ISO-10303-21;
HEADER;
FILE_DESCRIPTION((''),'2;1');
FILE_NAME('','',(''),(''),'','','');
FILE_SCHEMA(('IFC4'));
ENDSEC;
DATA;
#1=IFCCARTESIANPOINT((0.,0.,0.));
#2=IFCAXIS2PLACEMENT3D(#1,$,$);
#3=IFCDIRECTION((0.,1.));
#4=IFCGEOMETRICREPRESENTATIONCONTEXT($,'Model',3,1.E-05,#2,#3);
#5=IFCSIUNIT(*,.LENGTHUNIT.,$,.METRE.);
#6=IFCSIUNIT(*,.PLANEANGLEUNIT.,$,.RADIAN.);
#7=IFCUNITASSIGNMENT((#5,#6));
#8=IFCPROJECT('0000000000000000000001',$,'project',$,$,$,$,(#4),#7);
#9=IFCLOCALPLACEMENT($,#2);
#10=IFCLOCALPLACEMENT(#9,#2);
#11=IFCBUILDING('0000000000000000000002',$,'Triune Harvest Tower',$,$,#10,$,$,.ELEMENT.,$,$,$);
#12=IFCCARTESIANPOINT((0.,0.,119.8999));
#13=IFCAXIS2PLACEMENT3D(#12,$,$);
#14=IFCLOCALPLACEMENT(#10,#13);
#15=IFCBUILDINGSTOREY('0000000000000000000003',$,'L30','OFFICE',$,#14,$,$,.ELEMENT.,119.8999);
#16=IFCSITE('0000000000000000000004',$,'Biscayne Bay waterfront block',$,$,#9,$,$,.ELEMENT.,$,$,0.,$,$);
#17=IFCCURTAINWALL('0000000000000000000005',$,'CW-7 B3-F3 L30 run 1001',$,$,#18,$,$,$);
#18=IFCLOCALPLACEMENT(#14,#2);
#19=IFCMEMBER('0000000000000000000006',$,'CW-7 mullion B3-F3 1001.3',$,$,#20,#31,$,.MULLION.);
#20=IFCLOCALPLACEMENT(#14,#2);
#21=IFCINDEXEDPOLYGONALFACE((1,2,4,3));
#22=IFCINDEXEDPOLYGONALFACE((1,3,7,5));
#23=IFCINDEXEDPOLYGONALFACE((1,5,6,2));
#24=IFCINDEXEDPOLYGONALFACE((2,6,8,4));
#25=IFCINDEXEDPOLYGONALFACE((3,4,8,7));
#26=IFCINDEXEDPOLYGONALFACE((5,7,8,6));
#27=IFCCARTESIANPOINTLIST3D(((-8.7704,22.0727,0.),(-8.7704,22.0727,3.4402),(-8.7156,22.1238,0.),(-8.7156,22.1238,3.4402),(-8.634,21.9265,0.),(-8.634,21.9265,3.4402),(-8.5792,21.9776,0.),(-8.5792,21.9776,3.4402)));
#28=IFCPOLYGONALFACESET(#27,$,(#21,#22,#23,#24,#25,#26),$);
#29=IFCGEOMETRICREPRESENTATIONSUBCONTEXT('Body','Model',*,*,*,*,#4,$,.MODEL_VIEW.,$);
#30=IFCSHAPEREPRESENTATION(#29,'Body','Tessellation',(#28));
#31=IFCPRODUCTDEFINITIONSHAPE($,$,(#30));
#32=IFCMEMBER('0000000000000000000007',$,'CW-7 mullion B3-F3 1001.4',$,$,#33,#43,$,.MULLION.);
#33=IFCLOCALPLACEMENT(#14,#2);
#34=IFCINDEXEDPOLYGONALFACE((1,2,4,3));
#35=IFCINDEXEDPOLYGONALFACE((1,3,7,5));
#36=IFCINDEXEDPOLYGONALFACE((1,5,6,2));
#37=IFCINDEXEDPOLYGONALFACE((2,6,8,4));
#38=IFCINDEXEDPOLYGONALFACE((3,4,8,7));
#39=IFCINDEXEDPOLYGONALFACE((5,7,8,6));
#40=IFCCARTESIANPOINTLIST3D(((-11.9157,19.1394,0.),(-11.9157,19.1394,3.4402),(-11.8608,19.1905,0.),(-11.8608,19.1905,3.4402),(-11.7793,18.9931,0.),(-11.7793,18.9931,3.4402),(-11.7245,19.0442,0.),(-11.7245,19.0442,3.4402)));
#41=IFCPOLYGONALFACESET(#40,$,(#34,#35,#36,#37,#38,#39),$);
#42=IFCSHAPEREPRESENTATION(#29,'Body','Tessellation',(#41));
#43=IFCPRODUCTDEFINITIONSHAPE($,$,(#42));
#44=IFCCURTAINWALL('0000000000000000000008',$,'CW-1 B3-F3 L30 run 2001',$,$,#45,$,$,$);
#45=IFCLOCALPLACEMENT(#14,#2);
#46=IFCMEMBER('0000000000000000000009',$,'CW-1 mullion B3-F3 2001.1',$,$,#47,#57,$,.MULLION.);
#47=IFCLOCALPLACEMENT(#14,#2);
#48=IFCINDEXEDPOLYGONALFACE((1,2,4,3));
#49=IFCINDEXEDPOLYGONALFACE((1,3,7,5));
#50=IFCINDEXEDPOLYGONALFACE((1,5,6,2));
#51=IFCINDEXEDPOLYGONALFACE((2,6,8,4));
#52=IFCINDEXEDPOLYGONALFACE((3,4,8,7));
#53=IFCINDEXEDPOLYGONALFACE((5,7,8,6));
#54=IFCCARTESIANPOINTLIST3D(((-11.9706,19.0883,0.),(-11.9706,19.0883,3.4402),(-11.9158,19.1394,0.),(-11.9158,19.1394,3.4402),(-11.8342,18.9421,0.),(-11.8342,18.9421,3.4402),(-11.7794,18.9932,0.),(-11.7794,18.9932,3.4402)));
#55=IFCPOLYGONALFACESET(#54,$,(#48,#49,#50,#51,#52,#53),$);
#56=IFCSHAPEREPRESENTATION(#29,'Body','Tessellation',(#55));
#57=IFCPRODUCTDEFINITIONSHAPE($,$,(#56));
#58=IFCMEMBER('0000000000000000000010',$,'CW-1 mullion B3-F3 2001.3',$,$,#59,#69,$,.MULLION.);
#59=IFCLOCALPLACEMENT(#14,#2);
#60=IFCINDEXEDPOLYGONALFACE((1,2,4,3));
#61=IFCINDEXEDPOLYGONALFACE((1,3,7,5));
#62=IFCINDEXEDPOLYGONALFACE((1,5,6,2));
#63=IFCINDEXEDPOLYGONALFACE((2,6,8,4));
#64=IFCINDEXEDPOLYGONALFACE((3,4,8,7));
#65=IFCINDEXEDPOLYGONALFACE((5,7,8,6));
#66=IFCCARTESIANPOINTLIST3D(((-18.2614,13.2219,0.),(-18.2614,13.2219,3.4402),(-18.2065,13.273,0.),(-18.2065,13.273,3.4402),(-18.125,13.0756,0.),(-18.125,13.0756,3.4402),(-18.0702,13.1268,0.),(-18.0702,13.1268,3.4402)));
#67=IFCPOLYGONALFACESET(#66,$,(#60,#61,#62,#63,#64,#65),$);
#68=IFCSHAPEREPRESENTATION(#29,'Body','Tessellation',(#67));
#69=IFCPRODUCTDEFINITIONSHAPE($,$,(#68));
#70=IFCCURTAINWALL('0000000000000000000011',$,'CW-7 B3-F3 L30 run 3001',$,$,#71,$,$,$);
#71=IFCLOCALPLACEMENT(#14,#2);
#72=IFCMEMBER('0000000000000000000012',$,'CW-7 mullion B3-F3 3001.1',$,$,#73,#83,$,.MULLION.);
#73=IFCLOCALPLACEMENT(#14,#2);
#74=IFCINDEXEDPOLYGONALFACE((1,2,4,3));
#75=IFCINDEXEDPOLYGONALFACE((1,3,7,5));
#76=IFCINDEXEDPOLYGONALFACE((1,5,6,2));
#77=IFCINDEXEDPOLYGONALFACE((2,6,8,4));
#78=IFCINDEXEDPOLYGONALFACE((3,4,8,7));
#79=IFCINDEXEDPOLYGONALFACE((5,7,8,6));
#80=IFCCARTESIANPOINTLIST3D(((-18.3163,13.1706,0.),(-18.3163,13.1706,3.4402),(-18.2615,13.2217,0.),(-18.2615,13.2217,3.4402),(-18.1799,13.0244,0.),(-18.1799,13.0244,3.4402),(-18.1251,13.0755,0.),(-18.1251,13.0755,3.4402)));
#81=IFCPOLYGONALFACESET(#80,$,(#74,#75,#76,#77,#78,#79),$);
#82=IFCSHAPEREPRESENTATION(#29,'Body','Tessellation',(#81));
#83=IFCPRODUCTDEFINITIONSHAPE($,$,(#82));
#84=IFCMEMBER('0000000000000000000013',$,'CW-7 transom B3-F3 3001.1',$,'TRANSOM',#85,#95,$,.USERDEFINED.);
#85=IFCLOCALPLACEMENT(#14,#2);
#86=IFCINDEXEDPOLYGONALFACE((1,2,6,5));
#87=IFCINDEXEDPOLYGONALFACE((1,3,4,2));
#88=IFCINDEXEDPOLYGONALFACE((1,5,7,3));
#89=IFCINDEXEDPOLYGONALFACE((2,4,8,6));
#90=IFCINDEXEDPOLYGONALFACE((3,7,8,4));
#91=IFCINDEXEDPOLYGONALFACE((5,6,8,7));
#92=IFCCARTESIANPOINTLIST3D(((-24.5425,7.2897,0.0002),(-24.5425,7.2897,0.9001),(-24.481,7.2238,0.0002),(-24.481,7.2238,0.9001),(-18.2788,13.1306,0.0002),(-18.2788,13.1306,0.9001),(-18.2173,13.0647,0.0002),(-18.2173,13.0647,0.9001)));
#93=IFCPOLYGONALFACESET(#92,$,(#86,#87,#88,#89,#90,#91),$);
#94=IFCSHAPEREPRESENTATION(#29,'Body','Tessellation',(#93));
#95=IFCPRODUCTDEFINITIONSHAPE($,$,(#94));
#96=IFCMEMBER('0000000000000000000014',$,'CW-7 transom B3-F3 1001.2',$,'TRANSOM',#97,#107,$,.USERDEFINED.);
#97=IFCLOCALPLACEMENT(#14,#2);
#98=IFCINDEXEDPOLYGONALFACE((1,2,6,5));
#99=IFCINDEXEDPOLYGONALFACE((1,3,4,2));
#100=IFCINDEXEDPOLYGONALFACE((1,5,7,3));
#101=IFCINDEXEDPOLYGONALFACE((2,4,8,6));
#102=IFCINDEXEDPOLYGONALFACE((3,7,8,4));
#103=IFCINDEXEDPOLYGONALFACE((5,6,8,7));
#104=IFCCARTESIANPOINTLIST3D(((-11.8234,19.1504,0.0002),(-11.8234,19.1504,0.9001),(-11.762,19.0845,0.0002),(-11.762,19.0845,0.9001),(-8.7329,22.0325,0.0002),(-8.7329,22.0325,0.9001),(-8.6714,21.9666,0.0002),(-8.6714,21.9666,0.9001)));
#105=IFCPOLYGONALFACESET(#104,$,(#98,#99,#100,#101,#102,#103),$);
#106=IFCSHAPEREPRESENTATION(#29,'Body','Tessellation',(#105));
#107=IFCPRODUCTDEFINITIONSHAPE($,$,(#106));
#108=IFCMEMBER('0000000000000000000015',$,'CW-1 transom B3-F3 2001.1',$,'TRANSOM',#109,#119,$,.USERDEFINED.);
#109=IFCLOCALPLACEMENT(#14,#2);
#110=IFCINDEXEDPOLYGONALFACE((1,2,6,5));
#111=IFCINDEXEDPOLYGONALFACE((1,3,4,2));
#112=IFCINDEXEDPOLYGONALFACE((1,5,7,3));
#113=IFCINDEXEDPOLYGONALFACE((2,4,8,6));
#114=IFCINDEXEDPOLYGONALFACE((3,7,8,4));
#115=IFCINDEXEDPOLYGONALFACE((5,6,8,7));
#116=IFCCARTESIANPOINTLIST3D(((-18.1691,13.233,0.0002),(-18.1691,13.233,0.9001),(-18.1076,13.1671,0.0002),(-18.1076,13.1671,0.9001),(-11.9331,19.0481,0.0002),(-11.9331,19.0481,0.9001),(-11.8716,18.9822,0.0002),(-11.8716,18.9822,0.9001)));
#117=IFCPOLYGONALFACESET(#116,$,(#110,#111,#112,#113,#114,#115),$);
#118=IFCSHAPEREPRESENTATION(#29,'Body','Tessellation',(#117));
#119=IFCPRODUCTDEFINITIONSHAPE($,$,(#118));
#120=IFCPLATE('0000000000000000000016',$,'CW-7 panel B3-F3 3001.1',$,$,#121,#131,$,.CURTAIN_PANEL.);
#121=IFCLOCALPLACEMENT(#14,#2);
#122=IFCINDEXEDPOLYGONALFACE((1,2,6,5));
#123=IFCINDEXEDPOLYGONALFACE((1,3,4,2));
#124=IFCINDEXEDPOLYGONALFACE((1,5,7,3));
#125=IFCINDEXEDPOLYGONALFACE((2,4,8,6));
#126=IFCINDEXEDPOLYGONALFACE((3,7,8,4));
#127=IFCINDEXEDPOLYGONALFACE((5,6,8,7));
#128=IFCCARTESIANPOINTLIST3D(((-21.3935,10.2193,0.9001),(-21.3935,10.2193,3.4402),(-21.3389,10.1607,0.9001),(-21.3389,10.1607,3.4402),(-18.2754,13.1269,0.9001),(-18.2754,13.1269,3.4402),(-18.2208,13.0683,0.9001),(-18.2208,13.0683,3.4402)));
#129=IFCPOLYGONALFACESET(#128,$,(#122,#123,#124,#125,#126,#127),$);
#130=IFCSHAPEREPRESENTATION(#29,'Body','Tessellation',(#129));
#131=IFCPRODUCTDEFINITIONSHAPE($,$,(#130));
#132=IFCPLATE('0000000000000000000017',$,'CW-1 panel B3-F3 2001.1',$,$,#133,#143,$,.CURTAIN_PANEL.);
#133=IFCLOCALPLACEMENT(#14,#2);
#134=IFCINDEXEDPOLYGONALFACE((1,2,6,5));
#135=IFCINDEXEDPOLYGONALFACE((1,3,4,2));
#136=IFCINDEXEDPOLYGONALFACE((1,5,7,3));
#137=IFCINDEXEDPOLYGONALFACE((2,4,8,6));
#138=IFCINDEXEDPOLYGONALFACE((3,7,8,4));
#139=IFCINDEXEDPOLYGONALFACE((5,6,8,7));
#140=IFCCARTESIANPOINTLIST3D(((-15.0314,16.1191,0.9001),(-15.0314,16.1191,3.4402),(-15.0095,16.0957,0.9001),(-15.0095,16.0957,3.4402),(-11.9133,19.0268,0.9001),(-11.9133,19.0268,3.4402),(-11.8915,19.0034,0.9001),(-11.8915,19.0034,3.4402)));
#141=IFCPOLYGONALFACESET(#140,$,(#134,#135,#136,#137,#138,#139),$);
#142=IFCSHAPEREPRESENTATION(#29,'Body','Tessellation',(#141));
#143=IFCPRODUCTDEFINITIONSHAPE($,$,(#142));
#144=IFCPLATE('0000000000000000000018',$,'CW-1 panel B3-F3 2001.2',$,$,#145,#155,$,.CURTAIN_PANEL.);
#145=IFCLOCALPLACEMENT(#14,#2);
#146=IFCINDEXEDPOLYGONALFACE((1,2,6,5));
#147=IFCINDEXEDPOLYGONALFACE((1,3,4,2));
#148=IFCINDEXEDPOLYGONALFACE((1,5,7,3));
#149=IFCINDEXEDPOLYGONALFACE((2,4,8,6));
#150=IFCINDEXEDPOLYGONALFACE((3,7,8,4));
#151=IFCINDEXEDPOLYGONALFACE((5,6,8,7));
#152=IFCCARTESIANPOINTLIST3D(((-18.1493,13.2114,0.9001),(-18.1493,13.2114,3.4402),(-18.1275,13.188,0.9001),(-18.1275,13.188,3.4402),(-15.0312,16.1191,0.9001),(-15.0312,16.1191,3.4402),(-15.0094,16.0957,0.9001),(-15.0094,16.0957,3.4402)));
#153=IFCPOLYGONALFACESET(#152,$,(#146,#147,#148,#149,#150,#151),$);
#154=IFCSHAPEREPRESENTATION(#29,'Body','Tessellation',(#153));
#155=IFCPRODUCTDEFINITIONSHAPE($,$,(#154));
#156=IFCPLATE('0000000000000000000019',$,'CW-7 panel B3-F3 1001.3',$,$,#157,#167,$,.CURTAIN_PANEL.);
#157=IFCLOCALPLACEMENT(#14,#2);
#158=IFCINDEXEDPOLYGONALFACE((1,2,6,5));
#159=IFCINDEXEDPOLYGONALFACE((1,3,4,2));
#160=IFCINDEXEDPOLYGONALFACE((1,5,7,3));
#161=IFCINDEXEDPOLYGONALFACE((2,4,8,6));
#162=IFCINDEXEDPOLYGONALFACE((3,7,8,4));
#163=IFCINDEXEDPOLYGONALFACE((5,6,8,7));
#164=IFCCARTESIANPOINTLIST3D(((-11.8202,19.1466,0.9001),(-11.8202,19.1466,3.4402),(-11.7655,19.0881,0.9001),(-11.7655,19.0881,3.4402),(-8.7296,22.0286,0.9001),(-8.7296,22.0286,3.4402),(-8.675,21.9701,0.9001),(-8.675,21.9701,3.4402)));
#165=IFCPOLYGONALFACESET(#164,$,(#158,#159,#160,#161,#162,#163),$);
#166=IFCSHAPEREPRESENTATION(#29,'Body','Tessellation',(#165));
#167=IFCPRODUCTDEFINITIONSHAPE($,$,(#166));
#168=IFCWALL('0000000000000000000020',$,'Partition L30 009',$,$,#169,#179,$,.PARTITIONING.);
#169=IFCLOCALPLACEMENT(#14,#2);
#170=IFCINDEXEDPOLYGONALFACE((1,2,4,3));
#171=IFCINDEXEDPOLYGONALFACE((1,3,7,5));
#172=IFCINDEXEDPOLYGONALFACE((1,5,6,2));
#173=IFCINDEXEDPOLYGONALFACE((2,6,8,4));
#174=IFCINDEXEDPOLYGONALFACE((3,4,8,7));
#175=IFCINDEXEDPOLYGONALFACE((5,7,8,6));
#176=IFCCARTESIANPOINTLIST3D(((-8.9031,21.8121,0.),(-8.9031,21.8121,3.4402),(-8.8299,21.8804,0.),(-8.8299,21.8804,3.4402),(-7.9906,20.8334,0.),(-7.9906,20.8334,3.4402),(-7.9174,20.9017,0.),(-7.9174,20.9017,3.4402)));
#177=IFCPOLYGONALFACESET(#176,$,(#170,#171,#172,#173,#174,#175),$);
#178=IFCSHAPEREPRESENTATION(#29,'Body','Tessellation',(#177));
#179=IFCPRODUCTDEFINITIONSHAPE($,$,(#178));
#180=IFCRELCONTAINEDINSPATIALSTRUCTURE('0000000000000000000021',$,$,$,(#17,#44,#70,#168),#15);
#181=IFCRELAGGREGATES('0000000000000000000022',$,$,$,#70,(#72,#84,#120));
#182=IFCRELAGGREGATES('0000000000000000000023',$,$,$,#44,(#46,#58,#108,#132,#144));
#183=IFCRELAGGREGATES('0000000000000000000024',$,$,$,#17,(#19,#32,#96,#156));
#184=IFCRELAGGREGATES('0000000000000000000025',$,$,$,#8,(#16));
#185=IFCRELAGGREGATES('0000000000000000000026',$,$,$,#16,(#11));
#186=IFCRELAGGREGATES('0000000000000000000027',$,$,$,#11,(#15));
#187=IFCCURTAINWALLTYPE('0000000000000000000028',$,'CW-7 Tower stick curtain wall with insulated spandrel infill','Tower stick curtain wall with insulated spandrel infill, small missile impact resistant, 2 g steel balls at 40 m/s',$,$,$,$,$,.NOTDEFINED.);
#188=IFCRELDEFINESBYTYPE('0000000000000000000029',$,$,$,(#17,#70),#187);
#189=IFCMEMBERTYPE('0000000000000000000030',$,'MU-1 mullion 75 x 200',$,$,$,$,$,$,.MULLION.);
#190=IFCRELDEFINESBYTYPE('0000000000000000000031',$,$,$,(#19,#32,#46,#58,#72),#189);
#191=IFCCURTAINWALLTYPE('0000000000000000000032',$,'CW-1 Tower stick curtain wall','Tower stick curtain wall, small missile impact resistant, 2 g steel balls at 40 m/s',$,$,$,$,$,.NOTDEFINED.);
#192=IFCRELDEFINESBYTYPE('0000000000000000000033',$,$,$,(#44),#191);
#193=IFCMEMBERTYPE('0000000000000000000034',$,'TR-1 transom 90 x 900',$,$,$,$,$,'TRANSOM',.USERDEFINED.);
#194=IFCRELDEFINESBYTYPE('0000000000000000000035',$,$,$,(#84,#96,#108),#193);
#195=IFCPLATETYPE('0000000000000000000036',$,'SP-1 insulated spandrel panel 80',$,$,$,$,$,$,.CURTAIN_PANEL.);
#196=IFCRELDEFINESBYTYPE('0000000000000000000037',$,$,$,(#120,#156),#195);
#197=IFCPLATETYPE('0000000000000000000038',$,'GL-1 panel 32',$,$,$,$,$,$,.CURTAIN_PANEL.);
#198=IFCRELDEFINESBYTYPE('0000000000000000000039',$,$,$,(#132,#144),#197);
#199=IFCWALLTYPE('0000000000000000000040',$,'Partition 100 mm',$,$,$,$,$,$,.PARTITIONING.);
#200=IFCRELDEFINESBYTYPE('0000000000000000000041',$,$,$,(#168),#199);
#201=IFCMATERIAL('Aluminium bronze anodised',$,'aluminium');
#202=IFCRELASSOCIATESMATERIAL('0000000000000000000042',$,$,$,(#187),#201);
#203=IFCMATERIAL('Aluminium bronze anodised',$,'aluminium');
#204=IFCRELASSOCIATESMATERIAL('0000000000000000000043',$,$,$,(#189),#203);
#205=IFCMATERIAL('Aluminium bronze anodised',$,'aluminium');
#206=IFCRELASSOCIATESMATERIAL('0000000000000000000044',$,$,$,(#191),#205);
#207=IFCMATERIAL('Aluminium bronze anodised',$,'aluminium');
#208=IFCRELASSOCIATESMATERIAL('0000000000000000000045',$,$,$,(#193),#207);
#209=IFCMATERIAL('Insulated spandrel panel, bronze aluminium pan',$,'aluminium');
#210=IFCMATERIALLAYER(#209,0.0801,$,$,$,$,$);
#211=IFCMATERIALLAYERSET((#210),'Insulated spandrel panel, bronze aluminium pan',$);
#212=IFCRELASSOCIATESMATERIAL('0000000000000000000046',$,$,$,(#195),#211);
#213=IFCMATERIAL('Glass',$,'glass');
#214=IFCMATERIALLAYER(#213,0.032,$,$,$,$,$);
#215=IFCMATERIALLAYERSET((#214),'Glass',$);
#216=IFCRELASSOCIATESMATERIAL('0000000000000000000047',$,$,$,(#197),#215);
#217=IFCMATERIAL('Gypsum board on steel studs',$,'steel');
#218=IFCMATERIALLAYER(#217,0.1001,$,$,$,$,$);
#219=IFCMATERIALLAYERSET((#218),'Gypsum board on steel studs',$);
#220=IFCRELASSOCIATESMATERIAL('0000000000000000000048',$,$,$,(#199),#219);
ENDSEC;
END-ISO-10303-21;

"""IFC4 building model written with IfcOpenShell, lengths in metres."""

from ifc_helpers import new_model, si_unit, direction, frame, frame_2d, origin, origin_2d, place, context, subcontext, project, spatial, rectangle, extrude, source, transform, mapped, material, layer, layer_set, material_profile, profile_set, type_object, element, aggregate, save


model = new_model("IFC4")

# Units and contexts
model_context = context("Model", 3, precision=1e-05, world=origin(), true_north=direction((0.0, 1.0)))
body_context = subcontext(model_context, "Body", "Model", "MODEL_VIEW")
ifc_project = project(units=[si_unit("LENGTHUNIT", "METRE"), si_unit("PLANEANGLEUNIT", "RADIAN")], contexts=[model_context])

# Site, building, storey
site_placement = place(None, origin())
site = spatial("IfcSite", under=ifc_project, at=site_placement, Name="Biscayne Bay waterfront block", CompositionType="ELEMENT", RefElevation=0.0)
building_placement = place(site_placement, origin())
building = spatial("IfcBuilding", under=site, at=building_placement, Name="Triune Harvest Tower", CompositionType="ELEMENT")
storey_placement = place(building_placement, frame((0.0, 0.0, 119.8999)))
storey = spatial("IfcBuildingStorey", under=building, at=storey_placement, Name="L30", Description="OFFICE", CompositionType="ELEMENT", Elevation=119.8999)

# Curtain walls, members
ifc_material_1 = material(Name="Aluminium bronze anodised", Category="aluminium")
curtain_wall_type_1 = type_object("IfcCurtainWallType", Name="CW-7 Tower stick curtain wall with insulated spandrel infill", Description="Tower stick curtain wall with insulated spandrel infill, small missile impact resistant, 2 g steel balls at 40 m/s", PredefinedType="NOTDEFINED", material=ifc_material_1)
curtain_wall_1_placement = place(storey_placement, origin())
curtain_wall_1 = element("IfcCurtainWall", 1, at=curtain_wall_1_placement, inside=storey, type_object=curtain_wall_type_1, Name="CW-7 B3-F3 L30 run 1001")
ifc_material_2 = material(Name="Aluminium bronze anodised", Category="aluminium")
ifc_material_profile_1 = material_profile(ifc_material_2, rectangle(XDim=0.2, YDim=0.075, at=origin_2d()), Name="MU-1 mullion 75 x 200")
ifc_profile_set_1 = profile_set([ifc_material_profile_1], Name="Aluminium bronze anodised")
member_type_1 = type_object("IfcMemberType", Name="MU-1 mullion 75 x 200", PredefinedType="MULLION", material=ifc_profile_set_1)
shared_shape_1 = source(origin(), body_context, "Body", "SweptSolid", [
    extrude(rectangle(XDim=0.2, YDim=0.075, at=origin_2d()), origin(), (0.0, 0.0, 1.0), 3.4402),
])
member_1_placement = place(storey_placement, frame((-8.6748, 22.0251, 0.0), z_axis=(0.0, 0.0, 1.0), x_axis=(0.681997, -0.731355, 0.0)))
member_1 = element("IfcMember", 2, at=member_1_placement, type_object=member_type_1, Name="CW-7 mullion B3-F3 1001.3", PredefinedType="MULLION", context=body_context, shape_type="MappedRepresentation", body=[
    mapped(shared_shape_1, transform((0.0, 0.0, 0.0), scale=1.0)),
])
member_2_placement = place(storey_placement, frame((-11.8201, 19.0918, 0.0), z_axis=(0.0, 0.0, 1.0), x_axis=(0.681997, -0.731355, 0.0)))
member_2 = element("IfcMember", 3, at=member_2_placement, type_object=member_type_1, Name="CW-7 mullion B3-F3 1001.4", PredefinedType="MULLION", context=body_context, shape_type="MappedRepresentation", body=[
    mapped(shared_shape_1, transform((0.0, 0.0, 0.0), scale=1.0)),
])
ifc_material_3 = material(Name="Aluminium bronze anodised", Category="aluminium")
curtain_wall_type_2 = type_object("IfcCurtainWallType", Name="CW-1 Tower stick curtain wall", Description="Tower stick curtain wall, small missile impact resistant, 2 g steel balls at 40 m/s", PredefinedType="NOTDEFINED", material=ifc_material_3)
curtain_wall_2_placement = place(storey_placement, origin())
curtain_wall_2 = element("IfcCurtainWall", 4, at=curtain_wall_2_placement, inside=storey, type_object=curtain_wall_type_2, Name="CW-1 B3-F3 L30 run 2001")
member_3_placement = place(storey_placement, frame((-11.875, 19.0408, 0.0), z_axis=(0.0, 0.0, 1.0), x_axis=(0.682007, -0.731346, 0.0)))
member_3 = element("IfcMember", 5, at=member_3_placement, type_object=member_type_1, Name="CW-1 mullion B3-F3 2001.1", PredefinedType="MULLION", context=body_context, shape_type="MappedRepresentation", body=[
    mapped(shared_shape_1, transform((0.0, 0.0, 0.0), scale=1.0)),
])
member_4_placement = place(storey_placement, frame((-18.1658, 13.1743, 0.0), z_axis=(0.0, 0.0, 1.0), x_axis=(0.682007, -0.731346, 0.0)))
member_4 = element("IfcMember", 6, at=member_4_placement, type_object=member_type_1, Name="CW-1 mullion B3-F3 2001.3", PredefinedType="MULLION", context=body_context, shape_type="MappedRepresentation", body=[
    mapped(shared_shape_1, transform((0.0, 0.0, 0.0), scale=1.0)),
])
curtain_wall_3_placement = place(storey_placement, origin())
curtain_wall_3 = element("IfcCurtainWall", 7, at=curtain_wall_3_placement, inside=storey, type_object=curtain_wall_type_1, Name="CW-7 B3-F3 L30 run 3001")
member_5_placement = place(storey_placement, frame((-18.2207, 13.123, 0.0), z_axis=(0.0, 0.0, 1.0), x_axis=(0.681997, -0.731355, 0.0)))
member_5 = element("IfcMember", 8, at=member_5_placement, type_object=member_type_1, Name="CW-7 mullion B3-F3 3001.1", PredefinedType="MULLION", context=body_context, shape_type="MappedRepresentation", body=[
    mapped(shared_shape_1, transform((0.0, 0.0, 0.0), scale=1.0)),
])
ifc_material_4 = material(Name="Aluminium bronze anodised", Category="aluminium")
ifc_material_profile_2 = material_profile(ifc_material_4, rectangle(XDim=0.0901, YDim=0.8999, at=origin_2d()), Name="TR-1 transom 90 x 900")
ifc_profile_set_2 = profile_set([ifc_material_profile_2], Name="Aluminium bronze anodised")
member_type_2 = type_object("IfcMemberType", Name="TR-1 transom 90 x 900", ElementType="TRANSOM", PredefinedType="USERDEFINED", material=ifc_profile_set_2)
shared_shape_2 = source(origin(), body_context, "Body", "SweptSolid", [
    extrude(rectangle(XDim=0.0901, YDim=0.8999, at=origin_2d()), origin(), (0.0, 0.0, 1.0), 8.5645),
])
member_6_placement = place(storey_placement, frame((-18.248, 13.0977, 0.4502), z_axis=(-0.731362, -0.681989, 0.0), x_axis=(0.681989, -0.731362, 0.0)))
member_6 = element("IfcMember", 9, at=member_6_placement, type_object=member_type_2, Name="CW-7 transom B3-F3 3001.1", ObjectType="TRANSOM", PredefinedType="USERDEFINED", context=body_context, shape_type="MappedRepresentation", body=[
    mapped(shared_shape_2, transform((0.0, 0.0, 0.0), scale=1.0)),
])

# Members
shared_shape_3 = source(origin(), body_context, "Body", "SweptSolid", [
    extrude(rectangle(XDim=0.0901, YDim=0.8999, at=origin_2d()), origin(), (0.0, 0.0, 1.0), 4.2258),
])
member_7_placement = place(storey_placement, frame((-8.7021, 21.9995, 0.4502), z_axis=(-0.731345, -0.682007, 0.0), x_axis=(0.682007, -0.731345, 0.0)))
member_7 = element("IfcMember", 10, at=member_7_placement, type_object=member_type_2, Name="CW-7 transom B3-F3 1001.2", ObjectType="TRANSOM", PredefinedType="USERDEFINED", context=body_context, shape_type="MappedRepresentation", body=[
    mapped(shared_shape_3, transform((0.0, 0.0, 0.0), scale=1.0)),
])
shared_shape_4 = source(origin(), body_context, "Body", "SweptSolid", [
    extrude(rectangle(XDim=0.0901, YDim=0.8999, at=origin_2d()), origin(), (0.0, 0.0, 1.0), 8.5266),
])
member_8_placement = place(storey_placement, frame((-11.9023, 19.0151, 0.4502), z_axis=(-0.731357, -0.681995, 0.0), x_axis=(0.681995, -0.731357, 0.0)))
member_8 = element("IfcMember", 11, at=member_8_placement, type_object=member_type_2, Name="CW-1 transom B3-F3 2001.1", ObjectType="TRANSOM", PredefinedType="USERDEFINED", context=body_context, shape_type="MappedRepresentation", body=[
    mapped(shared_shape_4, transform((0.0, 0.0, 0.0), scale=1.0)),
])

# Plates
ifc_material_5 = material(Name="Insulated spandrel panel, bronze aluminium pan", Category="aluminium")
ifc_layer_1 = layer(ifc_material_5, 0.0801)
ifc_layer_set_1 = layer_set([ifc_layer_1], Name="Insulated spandrel panel, bronze aluminium pan")
plate_type_1 = type_object("IfcPlateType", Name="SP-1 insulated spandrel panel 80", PredefinedType="CURTAIN_PANEL", material=ifc_layer_set_1)
shared_shape_5 = source(origin(), body_context, "Body", "SweptSolid", [
    extrude(rectangle(XDim=4.2634, YDim=0.0801, at=origin_2d()), origin(), (0.0, 0.0, 1.0), 2.54),
])
plate_1_placement = place(storey_placement, frame((-19.8071, 11.6438, 0.9001), z_axis=(0.0, 0.0, 1.0), x_axis=(-0.731355, -0.681997, 0.0)))
plate_1 = element("IfcPlate", 12, at=plate_1_placement, type_object=plate_type_1, Name="CW-7 panel B3-F3 3001.1", PredefinedType="CURTAIN_PANEL", context=body_context, shape_type="MappedRepresentation", body=[
    mapped(shared_shape_5, transform((0.0, 0.0, 0.0), scale=1.0)),
])
aggregate(curtain_wall_3, [member_5, member_6, plate_1])
ifc_material_6 = material(Name="Glass", Category="glass")
ifc_layer_2 = layer(ifc_material_6, 0.032)
ifc_layer_set_2 = layer_set([ifc_layer_2], Name="Glass")
plate_type_2 = type_object("IfcPlateType", Name="GL-1 panel 32", PredefinedType="CURTAIN_PANEL", material=ifc_layer_set_2)
shared_shape_6 = source(origin(), body_context, "Body", "SweptSolid", [
    extrude(rectangle(XDim=4.2634, YDim=0.032, at=origin_2d()), origin(), (0.0, 0.0, 1.0), 2.54),
])
plate_2_placement = place(storey_placement, frame((-13.4614, 17.5613, 0.9001), z_axis=(0.0, 0.0, 1.0), x_axis=(-0.731346, -0.682007, 0.0)))
plate_2 = element("IfcPlate", 13, at=plate_2_placement, type_object=plate_type_2, Name="CW-1 panel B3-F3 2001.1", PredefinedType="CURTAIN_PANEL", context=body_context, shape_type="MappedRepresentation", body=[
    mapped(shared_shape_6, transform((0.0, 0.0, 0.0), scale=1.0)),
])
plate_3_placement = place(storey_placement, frame((-16.5793, 14.6536, 0.9001), z_axis=(0.0, 0.0, 1.0), x_axis=(-0.731346, -0.682007, 0.0)))
plate_3 = element("IfcPlate", 14, at=plate_3_placement, type_object=plate_type_2, Name="CW-1 panel B3-F3 2001.2", PredefinedType="CURTAIN_PANEL", context=body_context, shape_type="MappedRepresentation", body=[
    mapped(shared_shape_6, transform((0.0, 0.0, 0.0), scale=1.0)),
])
aggregate(curtain_wall_2, [member_3, member_4, member_8, plate_2, plate_3])
shared_shape_7 = source(origin(), body_context, "Body", "SweptSolid", [
    extrude(rectangle(XDim=4.2258, YDim=0.0801, at=origin_2d()), origin(), (0.0, 0.0, 1.0), 2.54),
])
plate_4_placement = place(storey_placement, frame((-10.2476, 20.5583, 0.9001), z_axis=(0.0, 0.0, 1.0), x_axis=(-0.731355, -0.681997, 0.0)))
plate_4 = element("IfcPlate", 15, at=plate_4_placement, type_object=plate_type_1, Name="CW-7 panel B3-F3 1001.3", PredefinedType="CURTAIN_PANEL", context=body_context, shape_type="MappedRepresentation", body=[
    mapped(shared_shape_7, transform((0.0, 0.0, 0.0), scale=1.0)),
])
aggregate(curtain_wall_1, [member_1, member_2, member_7, plate_4])

# Wall
ifc_material_7 = material(Name="Gypsum board on steel studs", Category="steel")
ifc_layer_3 = layer(ifc_material_7, 0.1001)
ifc_layer_set_3 = layer_set([ifc_layer_3], Name="Gypsum board on steel studs")
wall_type = type_object("IfcWallType", Name="Partition 100 mm", PredefinedType="PARTITIONING", material=ifc_layer_set_3)
shared_shape_8 = source(origin(), body_context, "Body", "SweptSolid", [
    extrude(rectangle(XDim=1.3381, YDim=0.1001, at=frame_2d((0.6689, 0.0))), origin(), (0.0, 0.0, 1.0), 3.4402),
])
wall_placement = place(storey_placement, frame((-8.8665, 21.8462, 0.0), z_axis=(0.0, 0.0, 1.0), x_axis=(0.681954, -0.731395, 0.0)))
element("IfcWall", 16, at=wall_placement, inside=storey, type_object=wall_type, Name="Partition L30 009", PredefinedType="PARTITIONING", context=body_context, shape_type="MappedRepresentation", body=[
    mapped(shared_shape_8, transform((0.0, 0.0, 0.0), scale=1.0)),
])

save(model, "model.ifc")
